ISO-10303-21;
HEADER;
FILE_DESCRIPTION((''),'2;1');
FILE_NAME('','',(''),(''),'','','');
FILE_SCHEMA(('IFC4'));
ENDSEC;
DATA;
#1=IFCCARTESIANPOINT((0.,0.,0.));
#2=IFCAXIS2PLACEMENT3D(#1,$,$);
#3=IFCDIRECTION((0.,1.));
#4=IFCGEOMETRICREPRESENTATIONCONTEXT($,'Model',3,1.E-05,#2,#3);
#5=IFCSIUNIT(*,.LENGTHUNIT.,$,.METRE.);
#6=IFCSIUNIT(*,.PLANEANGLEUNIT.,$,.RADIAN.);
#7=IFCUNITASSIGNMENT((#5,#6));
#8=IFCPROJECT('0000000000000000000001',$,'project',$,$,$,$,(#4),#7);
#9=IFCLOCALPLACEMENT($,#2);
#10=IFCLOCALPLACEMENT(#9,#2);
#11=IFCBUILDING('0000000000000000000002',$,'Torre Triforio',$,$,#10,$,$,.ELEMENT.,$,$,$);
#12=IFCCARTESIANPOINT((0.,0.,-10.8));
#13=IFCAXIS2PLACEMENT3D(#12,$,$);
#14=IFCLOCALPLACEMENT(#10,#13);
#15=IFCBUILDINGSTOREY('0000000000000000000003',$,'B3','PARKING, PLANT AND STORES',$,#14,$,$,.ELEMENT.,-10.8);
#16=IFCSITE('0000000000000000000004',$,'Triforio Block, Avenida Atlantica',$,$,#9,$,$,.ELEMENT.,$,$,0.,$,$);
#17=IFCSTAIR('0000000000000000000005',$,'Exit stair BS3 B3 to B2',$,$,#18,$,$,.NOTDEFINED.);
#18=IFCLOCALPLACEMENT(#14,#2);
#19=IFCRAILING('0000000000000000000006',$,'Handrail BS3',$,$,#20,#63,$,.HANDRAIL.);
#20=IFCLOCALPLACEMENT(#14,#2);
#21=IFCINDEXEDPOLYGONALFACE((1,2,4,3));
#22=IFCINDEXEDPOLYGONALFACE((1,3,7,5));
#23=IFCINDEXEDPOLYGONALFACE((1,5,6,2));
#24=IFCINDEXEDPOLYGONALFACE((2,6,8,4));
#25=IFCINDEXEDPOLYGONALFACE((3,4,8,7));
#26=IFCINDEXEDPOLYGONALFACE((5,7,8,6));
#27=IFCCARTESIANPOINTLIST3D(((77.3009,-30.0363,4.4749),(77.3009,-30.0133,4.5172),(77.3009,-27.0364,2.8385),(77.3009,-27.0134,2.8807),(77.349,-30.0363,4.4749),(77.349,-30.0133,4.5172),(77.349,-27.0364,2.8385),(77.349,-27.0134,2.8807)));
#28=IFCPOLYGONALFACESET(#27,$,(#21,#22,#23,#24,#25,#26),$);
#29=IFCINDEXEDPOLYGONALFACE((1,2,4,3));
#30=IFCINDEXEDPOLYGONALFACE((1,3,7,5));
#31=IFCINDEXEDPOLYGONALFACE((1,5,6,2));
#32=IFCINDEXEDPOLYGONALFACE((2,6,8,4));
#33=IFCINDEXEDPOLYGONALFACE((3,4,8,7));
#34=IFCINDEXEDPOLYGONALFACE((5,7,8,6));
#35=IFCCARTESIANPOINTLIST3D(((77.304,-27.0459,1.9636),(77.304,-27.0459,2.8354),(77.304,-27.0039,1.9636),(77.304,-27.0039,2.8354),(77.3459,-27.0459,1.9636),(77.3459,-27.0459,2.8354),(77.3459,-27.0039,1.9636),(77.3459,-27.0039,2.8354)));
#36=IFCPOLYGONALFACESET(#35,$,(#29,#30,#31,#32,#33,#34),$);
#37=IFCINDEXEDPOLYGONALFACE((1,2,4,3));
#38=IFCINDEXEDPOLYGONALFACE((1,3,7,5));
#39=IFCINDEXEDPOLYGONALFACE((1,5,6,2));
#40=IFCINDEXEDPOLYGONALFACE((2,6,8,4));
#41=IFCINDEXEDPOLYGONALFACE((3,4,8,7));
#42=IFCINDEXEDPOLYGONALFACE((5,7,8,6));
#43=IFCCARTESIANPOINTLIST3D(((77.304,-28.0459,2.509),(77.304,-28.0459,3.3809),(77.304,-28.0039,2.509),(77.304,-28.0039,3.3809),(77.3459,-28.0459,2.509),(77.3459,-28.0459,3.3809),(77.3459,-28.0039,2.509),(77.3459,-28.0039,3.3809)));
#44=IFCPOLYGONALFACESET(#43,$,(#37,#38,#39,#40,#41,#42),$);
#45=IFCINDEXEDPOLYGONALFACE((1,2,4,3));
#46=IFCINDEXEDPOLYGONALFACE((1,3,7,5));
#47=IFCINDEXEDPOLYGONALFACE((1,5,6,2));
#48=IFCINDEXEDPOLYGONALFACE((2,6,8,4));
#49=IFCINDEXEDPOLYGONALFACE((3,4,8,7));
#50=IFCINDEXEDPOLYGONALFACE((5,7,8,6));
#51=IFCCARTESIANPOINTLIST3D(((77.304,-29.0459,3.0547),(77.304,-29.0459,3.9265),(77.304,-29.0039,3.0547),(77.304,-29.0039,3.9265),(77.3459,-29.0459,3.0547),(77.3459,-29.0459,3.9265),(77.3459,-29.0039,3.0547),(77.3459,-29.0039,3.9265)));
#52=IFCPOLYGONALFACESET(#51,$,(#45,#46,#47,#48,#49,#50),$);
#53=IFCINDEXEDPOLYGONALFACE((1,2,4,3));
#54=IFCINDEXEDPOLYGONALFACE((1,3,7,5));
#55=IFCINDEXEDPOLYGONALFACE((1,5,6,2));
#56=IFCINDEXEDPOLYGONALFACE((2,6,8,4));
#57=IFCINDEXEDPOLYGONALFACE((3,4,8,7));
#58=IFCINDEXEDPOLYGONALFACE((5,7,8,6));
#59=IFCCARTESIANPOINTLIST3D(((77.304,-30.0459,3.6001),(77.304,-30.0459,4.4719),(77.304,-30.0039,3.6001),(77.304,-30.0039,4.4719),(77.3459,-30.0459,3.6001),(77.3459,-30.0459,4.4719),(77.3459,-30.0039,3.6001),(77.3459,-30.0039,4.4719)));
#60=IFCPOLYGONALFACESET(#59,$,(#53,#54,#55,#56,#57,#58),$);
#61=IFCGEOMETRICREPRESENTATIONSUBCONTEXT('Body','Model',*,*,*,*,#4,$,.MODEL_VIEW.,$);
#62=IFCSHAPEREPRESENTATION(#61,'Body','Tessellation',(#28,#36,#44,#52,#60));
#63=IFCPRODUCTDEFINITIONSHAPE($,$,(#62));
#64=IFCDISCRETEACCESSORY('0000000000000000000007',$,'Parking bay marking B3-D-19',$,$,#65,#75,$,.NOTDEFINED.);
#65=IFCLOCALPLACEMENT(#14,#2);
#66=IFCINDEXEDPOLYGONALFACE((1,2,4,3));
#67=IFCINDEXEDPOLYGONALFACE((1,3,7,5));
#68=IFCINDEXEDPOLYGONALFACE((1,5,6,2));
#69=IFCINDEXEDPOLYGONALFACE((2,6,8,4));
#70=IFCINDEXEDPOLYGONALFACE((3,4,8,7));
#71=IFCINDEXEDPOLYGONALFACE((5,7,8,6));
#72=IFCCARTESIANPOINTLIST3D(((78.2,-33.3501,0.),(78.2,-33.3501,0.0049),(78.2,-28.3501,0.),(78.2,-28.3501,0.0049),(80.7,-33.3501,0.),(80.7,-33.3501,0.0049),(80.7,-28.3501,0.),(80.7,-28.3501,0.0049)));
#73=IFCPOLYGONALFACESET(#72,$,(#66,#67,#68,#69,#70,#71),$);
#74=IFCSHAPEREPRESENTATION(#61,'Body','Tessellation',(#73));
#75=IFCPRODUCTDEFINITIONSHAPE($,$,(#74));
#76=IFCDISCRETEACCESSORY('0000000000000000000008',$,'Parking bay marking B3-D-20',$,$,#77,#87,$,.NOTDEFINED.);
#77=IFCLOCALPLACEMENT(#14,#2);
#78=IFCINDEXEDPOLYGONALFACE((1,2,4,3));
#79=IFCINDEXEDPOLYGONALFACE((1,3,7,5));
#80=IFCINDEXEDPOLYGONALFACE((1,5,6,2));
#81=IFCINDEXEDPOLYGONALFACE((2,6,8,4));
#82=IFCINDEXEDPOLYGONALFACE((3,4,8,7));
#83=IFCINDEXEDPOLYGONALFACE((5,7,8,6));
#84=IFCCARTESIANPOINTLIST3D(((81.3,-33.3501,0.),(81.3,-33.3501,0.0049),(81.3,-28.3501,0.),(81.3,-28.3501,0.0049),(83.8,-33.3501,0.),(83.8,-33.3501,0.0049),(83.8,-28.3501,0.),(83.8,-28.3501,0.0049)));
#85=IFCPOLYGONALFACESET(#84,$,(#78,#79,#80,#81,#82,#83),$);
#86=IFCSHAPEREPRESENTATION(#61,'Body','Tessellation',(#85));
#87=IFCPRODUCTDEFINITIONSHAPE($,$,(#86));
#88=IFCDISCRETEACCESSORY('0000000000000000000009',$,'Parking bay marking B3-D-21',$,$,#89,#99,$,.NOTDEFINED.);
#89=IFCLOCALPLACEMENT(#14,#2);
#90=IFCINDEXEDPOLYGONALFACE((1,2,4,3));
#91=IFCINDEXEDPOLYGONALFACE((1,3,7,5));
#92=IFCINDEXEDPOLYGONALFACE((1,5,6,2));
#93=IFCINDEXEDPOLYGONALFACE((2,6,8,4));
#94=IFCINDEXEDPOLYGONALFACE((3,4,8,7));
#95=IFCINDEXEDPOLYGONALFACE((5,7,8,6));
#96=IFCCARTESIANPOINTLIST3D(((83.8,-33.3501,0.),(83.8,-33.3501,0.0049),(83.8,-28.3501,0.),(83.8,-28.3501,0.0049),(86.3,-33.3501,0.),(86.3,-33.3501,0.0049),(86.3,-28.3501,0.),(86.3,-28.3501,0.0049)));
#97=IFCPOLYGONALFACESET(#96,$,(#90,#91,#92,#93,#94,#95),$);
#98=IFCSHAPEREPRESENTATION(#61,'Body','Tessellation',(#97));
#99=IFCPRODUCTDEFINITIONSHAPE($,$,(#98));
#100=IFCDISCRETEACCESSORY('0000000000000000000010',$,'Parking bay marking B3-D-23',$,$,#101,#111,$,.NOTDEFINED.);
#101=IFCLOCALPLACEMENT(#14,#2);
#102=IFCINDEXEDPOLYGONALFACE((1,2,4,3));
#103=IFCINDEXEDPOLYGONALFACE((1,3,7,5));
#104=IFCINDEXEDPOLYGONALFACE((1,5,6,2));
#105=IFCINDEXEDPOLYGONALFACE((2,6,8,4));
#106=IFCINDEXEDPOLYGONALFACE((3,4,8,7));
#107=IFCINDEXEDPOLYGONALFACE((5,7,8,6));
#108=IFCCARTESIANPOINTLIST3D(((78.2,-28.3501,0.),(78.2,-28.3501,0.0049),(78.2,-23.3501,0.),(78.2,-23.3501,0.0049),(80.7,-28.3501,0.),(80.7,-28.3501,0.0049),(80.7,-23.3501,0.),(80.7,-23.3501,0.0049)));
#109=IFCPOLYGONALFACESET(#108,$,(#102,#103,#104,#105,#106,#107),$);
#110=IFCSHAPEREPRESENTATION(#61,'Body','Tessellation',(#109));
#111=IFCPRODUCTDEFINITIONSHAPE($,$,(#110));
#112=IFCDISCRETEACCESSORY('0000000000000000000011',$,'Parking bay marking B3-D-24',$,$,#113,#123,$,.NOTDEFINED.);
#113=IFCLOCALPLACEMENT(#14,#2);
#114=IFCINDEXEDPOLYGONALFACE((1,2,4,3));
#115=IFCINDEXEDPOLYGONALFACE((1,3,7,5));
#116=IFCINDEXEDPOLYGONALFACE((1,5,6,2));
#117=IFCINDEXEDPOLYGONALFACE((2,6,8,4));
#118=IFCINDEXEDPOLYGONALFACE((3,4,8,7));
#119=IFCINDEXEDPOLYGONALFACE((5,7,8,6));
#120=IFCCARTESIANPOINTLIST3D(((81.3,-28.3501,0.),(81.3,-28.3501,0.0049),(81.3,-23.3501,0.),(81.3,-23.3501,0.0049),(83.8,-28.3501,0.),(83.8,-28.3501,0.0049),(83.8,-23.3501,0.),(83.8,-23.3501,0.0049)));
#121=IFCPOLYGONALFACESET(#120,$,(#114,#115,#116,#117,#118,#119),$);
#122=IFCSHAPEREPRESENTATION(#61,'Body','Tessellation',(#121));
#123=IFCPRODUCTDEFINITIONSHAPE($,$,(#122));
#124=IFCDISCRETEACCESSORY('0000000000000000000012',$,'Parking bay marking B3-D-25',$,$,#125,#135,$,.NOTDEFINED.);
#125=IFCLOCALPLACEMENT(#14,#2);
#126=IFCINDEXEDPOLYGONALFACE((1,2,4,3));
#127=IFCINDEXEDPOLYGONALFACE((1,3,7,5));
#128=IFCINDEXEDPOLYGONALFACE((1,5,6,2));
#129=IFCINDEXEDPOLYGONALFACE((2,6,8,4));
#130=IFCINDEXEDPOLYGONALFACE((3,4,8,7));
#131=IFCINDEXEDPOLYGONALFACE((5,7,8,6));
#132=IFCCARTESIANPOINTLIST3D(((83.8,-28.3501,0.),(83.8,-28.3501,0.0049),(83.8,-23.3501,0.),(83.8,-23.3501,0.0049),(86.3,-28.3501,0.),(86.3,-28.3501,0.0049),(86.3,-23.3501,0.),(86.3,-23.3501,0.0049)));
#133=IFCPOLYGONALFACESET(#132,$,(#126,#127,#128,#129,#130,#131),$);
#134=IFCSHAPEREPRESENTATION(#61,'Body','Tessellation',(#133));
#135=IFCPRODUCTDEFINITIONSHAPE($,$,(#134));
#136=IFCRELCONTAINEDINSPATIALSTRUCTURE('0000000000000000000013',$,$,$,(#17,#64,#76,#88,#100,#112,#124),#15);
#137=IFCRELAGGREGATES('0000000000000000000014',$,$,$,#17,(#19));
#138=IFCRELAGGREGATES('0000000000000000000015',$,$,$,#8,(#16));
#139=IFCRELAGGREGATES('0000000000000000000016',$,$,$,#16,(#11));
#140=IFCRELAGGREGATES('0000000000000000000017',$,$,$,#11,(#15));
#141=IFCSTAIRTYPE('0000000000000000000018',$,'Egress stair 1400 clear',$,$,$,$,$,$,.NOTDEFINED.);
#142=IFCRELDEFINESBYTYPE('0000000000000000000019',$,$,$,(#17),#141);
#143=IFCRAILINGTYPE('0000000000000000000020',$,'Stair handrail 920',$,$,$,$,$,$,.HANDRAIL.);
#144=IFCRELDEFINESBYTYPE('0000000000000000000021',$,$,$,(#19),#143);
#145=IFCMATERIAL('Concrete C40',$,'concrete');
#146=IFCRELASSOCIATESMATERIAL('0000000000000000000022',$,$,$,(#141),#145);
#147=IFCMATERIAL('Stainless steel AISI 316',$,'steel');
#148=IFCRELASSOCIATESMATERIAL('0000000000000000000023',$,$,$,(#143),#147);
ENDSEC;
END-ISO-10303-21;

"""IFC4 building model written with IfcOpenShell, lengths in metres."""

from ifc_helpers import new_model, si_unit, direction, frame, origin, origin_2d, place, context, subcontext, project, spatial, rectangle, extrude, material, type_object, element, aggregate, save


model = new_model("IFC4")

# Units and contexts
model_context = context("Model", 3, precision=1e-05, world=origin(), true_north=direction((0.0, 1.0)))
body_context = subcontext(model_context, "Body", "Model", "MODEL_VIEW")
ifc_project = project(units=[si_unit("LENGTHUNIT", "METRE"), si_unit("PLANEANGLEUNIT", "RADIAN")], contexts=[model_context])

# Site, building, storey
site_placement = place(None, origin())
site = spatial("IfcSite", under=ifc_project, at=site_placement, Name="Triforio Block, Avenida Atlantica", CompositionType="ELEMENT", RefElevation=0.0)
building_placement = place(site_placement, origin())
building = spatial("IfcBuilding", under=site, at=building_placement, Name="Torre Triforio", CompositionType="ELEMENT")
storey_placement = place(building_placement, frame((0.0, 0.0, -10.8)))
storey = spatial("IfcBuildingStorey", under=building, at=storey_placement, Name="B3", Description="PARKING, PLANT AND STORES", CompositionType="ELEMENT", Elevation=-10.8)

# Shared definitions
ifc_material_1 = material(Name="Concrete C40", Category="concrete")

# Stair, railing
stair_type = type_object("IfcStairType", Name="Egress stair 1400 clear", PredefinedType="NOTDEFINED", material=ifc_material_1)
stair_placement = place(storey_placement, origin())
stair = element("IfcStair", 1, at=stair_placement, inside=storey, type_object=stair_type, Name="Exit stair BS3 B3 to B2", PredefinedType="NOTDEFINED")
ifc_material_2 = material(Name="Stainless steel AISI 316", Category="steel")
railing_type = type_object("IfcRailingType", Name="Stair handrail 920", PredefinedType="HANDRAIL", material=ifc_material_2)
railing_1_placement = place(storey_placement, frame((77.325, -27.0249, 1.9636)))
railing_1 = element("IfcRailing", 2, at=railing_1_placement, type_object=railing_type, Name="Handrail BS3", PredefinedType="HANDRAIL", context=body_context, shape_type="SweptSolid", body=[
    extrude(rectangle(XDim=0.0481, YDim=0.0481, at=origin_2d()), frame((0.0, 0.0, 0.896), z_axis=(0.0, -0.877882, 0.478877), x_axis=(1.0, 0.0, 0.0)), (0.0, 0.0, 1.0), 3.4172),
    extrude(rectangle(XDim=0.042, YDim=0.042, at=origin_2d()), origin(), (0.0, 0.0, 1.0), 0.8718),
    extrude(rectangle(XDim=0.042, YDim=0.042, at=origin_2d()), frame((0.0, -1.0, 0.5454)), (0.0, 0.0, 1.0), 0.8718),
    extrude(rectangle(XDim=0.042, YDim=0.042, at=origin_2d()), frame((0.0, -2.0, 1.0911)), (0.0, 0.0, 1.0), 0.8718),
    extrude(rectangle(XDim=0.042, YDim=0.042, at=origin_2d()), frame((0.0, -3.0, 1.6365)), (0.0, 0.0, 1.0), 0.8718),
])
aggregate(stair, [railing_1])

# Discrete accessories
for number, where, z_axis, x_axis, name in (
    (3, (79.45, -30.8501, 0.0), (0.0, 0.0, 1.0), (1.0, 0.0, 0.0), "Parking bay marking B3-D-19"),
    (4, (82.55, -30.8501, 0.0), (0.0, 0.0, 1.0), (1.0, 0.0, 0.0), "Parking bay marking B3-D-20"),
    (5, (85.05, -30.8501, 0.0), (0.0, 0.0, 1.0), (1.0, 0.0, 0.0), "Parking bay marking B3-D-21"),
    (6, (79.45, -25.8501, 0.0), (0.0, 0.0, 1.0), (1.0, 0.0, 0.0), "Parking bay marking B3-D-23"),
    (7, (82.55, -25.8501, 0.0), (0.0, 0.0, 1.0), (1.0, 0.0, 0.0), "Parking bay marking B3-D-24"),
    (8, (85.05, -25.8501, 0.0), (0.0, 0.0, 1.0), (1.0, 0.0, 0.0), "Parking bay marking B3-D-25"),
):
    element("IfcDiscreteAccessory", number, at=place(storey_placement, frame(where, z_axis=z_axis, x_axis=x_axis)), inside=storey, Name=name, PredefinedType="NOTDEFINED", context=body_context, shape_type="SweptSolid", body=[
        extrude(rectangle(XDim=2.5, YDim=5.0, at=origin_2d()), origin(), (0.0, 0.0, 1.0), 0.0049),
    ])

save(model, "model.ifc")
